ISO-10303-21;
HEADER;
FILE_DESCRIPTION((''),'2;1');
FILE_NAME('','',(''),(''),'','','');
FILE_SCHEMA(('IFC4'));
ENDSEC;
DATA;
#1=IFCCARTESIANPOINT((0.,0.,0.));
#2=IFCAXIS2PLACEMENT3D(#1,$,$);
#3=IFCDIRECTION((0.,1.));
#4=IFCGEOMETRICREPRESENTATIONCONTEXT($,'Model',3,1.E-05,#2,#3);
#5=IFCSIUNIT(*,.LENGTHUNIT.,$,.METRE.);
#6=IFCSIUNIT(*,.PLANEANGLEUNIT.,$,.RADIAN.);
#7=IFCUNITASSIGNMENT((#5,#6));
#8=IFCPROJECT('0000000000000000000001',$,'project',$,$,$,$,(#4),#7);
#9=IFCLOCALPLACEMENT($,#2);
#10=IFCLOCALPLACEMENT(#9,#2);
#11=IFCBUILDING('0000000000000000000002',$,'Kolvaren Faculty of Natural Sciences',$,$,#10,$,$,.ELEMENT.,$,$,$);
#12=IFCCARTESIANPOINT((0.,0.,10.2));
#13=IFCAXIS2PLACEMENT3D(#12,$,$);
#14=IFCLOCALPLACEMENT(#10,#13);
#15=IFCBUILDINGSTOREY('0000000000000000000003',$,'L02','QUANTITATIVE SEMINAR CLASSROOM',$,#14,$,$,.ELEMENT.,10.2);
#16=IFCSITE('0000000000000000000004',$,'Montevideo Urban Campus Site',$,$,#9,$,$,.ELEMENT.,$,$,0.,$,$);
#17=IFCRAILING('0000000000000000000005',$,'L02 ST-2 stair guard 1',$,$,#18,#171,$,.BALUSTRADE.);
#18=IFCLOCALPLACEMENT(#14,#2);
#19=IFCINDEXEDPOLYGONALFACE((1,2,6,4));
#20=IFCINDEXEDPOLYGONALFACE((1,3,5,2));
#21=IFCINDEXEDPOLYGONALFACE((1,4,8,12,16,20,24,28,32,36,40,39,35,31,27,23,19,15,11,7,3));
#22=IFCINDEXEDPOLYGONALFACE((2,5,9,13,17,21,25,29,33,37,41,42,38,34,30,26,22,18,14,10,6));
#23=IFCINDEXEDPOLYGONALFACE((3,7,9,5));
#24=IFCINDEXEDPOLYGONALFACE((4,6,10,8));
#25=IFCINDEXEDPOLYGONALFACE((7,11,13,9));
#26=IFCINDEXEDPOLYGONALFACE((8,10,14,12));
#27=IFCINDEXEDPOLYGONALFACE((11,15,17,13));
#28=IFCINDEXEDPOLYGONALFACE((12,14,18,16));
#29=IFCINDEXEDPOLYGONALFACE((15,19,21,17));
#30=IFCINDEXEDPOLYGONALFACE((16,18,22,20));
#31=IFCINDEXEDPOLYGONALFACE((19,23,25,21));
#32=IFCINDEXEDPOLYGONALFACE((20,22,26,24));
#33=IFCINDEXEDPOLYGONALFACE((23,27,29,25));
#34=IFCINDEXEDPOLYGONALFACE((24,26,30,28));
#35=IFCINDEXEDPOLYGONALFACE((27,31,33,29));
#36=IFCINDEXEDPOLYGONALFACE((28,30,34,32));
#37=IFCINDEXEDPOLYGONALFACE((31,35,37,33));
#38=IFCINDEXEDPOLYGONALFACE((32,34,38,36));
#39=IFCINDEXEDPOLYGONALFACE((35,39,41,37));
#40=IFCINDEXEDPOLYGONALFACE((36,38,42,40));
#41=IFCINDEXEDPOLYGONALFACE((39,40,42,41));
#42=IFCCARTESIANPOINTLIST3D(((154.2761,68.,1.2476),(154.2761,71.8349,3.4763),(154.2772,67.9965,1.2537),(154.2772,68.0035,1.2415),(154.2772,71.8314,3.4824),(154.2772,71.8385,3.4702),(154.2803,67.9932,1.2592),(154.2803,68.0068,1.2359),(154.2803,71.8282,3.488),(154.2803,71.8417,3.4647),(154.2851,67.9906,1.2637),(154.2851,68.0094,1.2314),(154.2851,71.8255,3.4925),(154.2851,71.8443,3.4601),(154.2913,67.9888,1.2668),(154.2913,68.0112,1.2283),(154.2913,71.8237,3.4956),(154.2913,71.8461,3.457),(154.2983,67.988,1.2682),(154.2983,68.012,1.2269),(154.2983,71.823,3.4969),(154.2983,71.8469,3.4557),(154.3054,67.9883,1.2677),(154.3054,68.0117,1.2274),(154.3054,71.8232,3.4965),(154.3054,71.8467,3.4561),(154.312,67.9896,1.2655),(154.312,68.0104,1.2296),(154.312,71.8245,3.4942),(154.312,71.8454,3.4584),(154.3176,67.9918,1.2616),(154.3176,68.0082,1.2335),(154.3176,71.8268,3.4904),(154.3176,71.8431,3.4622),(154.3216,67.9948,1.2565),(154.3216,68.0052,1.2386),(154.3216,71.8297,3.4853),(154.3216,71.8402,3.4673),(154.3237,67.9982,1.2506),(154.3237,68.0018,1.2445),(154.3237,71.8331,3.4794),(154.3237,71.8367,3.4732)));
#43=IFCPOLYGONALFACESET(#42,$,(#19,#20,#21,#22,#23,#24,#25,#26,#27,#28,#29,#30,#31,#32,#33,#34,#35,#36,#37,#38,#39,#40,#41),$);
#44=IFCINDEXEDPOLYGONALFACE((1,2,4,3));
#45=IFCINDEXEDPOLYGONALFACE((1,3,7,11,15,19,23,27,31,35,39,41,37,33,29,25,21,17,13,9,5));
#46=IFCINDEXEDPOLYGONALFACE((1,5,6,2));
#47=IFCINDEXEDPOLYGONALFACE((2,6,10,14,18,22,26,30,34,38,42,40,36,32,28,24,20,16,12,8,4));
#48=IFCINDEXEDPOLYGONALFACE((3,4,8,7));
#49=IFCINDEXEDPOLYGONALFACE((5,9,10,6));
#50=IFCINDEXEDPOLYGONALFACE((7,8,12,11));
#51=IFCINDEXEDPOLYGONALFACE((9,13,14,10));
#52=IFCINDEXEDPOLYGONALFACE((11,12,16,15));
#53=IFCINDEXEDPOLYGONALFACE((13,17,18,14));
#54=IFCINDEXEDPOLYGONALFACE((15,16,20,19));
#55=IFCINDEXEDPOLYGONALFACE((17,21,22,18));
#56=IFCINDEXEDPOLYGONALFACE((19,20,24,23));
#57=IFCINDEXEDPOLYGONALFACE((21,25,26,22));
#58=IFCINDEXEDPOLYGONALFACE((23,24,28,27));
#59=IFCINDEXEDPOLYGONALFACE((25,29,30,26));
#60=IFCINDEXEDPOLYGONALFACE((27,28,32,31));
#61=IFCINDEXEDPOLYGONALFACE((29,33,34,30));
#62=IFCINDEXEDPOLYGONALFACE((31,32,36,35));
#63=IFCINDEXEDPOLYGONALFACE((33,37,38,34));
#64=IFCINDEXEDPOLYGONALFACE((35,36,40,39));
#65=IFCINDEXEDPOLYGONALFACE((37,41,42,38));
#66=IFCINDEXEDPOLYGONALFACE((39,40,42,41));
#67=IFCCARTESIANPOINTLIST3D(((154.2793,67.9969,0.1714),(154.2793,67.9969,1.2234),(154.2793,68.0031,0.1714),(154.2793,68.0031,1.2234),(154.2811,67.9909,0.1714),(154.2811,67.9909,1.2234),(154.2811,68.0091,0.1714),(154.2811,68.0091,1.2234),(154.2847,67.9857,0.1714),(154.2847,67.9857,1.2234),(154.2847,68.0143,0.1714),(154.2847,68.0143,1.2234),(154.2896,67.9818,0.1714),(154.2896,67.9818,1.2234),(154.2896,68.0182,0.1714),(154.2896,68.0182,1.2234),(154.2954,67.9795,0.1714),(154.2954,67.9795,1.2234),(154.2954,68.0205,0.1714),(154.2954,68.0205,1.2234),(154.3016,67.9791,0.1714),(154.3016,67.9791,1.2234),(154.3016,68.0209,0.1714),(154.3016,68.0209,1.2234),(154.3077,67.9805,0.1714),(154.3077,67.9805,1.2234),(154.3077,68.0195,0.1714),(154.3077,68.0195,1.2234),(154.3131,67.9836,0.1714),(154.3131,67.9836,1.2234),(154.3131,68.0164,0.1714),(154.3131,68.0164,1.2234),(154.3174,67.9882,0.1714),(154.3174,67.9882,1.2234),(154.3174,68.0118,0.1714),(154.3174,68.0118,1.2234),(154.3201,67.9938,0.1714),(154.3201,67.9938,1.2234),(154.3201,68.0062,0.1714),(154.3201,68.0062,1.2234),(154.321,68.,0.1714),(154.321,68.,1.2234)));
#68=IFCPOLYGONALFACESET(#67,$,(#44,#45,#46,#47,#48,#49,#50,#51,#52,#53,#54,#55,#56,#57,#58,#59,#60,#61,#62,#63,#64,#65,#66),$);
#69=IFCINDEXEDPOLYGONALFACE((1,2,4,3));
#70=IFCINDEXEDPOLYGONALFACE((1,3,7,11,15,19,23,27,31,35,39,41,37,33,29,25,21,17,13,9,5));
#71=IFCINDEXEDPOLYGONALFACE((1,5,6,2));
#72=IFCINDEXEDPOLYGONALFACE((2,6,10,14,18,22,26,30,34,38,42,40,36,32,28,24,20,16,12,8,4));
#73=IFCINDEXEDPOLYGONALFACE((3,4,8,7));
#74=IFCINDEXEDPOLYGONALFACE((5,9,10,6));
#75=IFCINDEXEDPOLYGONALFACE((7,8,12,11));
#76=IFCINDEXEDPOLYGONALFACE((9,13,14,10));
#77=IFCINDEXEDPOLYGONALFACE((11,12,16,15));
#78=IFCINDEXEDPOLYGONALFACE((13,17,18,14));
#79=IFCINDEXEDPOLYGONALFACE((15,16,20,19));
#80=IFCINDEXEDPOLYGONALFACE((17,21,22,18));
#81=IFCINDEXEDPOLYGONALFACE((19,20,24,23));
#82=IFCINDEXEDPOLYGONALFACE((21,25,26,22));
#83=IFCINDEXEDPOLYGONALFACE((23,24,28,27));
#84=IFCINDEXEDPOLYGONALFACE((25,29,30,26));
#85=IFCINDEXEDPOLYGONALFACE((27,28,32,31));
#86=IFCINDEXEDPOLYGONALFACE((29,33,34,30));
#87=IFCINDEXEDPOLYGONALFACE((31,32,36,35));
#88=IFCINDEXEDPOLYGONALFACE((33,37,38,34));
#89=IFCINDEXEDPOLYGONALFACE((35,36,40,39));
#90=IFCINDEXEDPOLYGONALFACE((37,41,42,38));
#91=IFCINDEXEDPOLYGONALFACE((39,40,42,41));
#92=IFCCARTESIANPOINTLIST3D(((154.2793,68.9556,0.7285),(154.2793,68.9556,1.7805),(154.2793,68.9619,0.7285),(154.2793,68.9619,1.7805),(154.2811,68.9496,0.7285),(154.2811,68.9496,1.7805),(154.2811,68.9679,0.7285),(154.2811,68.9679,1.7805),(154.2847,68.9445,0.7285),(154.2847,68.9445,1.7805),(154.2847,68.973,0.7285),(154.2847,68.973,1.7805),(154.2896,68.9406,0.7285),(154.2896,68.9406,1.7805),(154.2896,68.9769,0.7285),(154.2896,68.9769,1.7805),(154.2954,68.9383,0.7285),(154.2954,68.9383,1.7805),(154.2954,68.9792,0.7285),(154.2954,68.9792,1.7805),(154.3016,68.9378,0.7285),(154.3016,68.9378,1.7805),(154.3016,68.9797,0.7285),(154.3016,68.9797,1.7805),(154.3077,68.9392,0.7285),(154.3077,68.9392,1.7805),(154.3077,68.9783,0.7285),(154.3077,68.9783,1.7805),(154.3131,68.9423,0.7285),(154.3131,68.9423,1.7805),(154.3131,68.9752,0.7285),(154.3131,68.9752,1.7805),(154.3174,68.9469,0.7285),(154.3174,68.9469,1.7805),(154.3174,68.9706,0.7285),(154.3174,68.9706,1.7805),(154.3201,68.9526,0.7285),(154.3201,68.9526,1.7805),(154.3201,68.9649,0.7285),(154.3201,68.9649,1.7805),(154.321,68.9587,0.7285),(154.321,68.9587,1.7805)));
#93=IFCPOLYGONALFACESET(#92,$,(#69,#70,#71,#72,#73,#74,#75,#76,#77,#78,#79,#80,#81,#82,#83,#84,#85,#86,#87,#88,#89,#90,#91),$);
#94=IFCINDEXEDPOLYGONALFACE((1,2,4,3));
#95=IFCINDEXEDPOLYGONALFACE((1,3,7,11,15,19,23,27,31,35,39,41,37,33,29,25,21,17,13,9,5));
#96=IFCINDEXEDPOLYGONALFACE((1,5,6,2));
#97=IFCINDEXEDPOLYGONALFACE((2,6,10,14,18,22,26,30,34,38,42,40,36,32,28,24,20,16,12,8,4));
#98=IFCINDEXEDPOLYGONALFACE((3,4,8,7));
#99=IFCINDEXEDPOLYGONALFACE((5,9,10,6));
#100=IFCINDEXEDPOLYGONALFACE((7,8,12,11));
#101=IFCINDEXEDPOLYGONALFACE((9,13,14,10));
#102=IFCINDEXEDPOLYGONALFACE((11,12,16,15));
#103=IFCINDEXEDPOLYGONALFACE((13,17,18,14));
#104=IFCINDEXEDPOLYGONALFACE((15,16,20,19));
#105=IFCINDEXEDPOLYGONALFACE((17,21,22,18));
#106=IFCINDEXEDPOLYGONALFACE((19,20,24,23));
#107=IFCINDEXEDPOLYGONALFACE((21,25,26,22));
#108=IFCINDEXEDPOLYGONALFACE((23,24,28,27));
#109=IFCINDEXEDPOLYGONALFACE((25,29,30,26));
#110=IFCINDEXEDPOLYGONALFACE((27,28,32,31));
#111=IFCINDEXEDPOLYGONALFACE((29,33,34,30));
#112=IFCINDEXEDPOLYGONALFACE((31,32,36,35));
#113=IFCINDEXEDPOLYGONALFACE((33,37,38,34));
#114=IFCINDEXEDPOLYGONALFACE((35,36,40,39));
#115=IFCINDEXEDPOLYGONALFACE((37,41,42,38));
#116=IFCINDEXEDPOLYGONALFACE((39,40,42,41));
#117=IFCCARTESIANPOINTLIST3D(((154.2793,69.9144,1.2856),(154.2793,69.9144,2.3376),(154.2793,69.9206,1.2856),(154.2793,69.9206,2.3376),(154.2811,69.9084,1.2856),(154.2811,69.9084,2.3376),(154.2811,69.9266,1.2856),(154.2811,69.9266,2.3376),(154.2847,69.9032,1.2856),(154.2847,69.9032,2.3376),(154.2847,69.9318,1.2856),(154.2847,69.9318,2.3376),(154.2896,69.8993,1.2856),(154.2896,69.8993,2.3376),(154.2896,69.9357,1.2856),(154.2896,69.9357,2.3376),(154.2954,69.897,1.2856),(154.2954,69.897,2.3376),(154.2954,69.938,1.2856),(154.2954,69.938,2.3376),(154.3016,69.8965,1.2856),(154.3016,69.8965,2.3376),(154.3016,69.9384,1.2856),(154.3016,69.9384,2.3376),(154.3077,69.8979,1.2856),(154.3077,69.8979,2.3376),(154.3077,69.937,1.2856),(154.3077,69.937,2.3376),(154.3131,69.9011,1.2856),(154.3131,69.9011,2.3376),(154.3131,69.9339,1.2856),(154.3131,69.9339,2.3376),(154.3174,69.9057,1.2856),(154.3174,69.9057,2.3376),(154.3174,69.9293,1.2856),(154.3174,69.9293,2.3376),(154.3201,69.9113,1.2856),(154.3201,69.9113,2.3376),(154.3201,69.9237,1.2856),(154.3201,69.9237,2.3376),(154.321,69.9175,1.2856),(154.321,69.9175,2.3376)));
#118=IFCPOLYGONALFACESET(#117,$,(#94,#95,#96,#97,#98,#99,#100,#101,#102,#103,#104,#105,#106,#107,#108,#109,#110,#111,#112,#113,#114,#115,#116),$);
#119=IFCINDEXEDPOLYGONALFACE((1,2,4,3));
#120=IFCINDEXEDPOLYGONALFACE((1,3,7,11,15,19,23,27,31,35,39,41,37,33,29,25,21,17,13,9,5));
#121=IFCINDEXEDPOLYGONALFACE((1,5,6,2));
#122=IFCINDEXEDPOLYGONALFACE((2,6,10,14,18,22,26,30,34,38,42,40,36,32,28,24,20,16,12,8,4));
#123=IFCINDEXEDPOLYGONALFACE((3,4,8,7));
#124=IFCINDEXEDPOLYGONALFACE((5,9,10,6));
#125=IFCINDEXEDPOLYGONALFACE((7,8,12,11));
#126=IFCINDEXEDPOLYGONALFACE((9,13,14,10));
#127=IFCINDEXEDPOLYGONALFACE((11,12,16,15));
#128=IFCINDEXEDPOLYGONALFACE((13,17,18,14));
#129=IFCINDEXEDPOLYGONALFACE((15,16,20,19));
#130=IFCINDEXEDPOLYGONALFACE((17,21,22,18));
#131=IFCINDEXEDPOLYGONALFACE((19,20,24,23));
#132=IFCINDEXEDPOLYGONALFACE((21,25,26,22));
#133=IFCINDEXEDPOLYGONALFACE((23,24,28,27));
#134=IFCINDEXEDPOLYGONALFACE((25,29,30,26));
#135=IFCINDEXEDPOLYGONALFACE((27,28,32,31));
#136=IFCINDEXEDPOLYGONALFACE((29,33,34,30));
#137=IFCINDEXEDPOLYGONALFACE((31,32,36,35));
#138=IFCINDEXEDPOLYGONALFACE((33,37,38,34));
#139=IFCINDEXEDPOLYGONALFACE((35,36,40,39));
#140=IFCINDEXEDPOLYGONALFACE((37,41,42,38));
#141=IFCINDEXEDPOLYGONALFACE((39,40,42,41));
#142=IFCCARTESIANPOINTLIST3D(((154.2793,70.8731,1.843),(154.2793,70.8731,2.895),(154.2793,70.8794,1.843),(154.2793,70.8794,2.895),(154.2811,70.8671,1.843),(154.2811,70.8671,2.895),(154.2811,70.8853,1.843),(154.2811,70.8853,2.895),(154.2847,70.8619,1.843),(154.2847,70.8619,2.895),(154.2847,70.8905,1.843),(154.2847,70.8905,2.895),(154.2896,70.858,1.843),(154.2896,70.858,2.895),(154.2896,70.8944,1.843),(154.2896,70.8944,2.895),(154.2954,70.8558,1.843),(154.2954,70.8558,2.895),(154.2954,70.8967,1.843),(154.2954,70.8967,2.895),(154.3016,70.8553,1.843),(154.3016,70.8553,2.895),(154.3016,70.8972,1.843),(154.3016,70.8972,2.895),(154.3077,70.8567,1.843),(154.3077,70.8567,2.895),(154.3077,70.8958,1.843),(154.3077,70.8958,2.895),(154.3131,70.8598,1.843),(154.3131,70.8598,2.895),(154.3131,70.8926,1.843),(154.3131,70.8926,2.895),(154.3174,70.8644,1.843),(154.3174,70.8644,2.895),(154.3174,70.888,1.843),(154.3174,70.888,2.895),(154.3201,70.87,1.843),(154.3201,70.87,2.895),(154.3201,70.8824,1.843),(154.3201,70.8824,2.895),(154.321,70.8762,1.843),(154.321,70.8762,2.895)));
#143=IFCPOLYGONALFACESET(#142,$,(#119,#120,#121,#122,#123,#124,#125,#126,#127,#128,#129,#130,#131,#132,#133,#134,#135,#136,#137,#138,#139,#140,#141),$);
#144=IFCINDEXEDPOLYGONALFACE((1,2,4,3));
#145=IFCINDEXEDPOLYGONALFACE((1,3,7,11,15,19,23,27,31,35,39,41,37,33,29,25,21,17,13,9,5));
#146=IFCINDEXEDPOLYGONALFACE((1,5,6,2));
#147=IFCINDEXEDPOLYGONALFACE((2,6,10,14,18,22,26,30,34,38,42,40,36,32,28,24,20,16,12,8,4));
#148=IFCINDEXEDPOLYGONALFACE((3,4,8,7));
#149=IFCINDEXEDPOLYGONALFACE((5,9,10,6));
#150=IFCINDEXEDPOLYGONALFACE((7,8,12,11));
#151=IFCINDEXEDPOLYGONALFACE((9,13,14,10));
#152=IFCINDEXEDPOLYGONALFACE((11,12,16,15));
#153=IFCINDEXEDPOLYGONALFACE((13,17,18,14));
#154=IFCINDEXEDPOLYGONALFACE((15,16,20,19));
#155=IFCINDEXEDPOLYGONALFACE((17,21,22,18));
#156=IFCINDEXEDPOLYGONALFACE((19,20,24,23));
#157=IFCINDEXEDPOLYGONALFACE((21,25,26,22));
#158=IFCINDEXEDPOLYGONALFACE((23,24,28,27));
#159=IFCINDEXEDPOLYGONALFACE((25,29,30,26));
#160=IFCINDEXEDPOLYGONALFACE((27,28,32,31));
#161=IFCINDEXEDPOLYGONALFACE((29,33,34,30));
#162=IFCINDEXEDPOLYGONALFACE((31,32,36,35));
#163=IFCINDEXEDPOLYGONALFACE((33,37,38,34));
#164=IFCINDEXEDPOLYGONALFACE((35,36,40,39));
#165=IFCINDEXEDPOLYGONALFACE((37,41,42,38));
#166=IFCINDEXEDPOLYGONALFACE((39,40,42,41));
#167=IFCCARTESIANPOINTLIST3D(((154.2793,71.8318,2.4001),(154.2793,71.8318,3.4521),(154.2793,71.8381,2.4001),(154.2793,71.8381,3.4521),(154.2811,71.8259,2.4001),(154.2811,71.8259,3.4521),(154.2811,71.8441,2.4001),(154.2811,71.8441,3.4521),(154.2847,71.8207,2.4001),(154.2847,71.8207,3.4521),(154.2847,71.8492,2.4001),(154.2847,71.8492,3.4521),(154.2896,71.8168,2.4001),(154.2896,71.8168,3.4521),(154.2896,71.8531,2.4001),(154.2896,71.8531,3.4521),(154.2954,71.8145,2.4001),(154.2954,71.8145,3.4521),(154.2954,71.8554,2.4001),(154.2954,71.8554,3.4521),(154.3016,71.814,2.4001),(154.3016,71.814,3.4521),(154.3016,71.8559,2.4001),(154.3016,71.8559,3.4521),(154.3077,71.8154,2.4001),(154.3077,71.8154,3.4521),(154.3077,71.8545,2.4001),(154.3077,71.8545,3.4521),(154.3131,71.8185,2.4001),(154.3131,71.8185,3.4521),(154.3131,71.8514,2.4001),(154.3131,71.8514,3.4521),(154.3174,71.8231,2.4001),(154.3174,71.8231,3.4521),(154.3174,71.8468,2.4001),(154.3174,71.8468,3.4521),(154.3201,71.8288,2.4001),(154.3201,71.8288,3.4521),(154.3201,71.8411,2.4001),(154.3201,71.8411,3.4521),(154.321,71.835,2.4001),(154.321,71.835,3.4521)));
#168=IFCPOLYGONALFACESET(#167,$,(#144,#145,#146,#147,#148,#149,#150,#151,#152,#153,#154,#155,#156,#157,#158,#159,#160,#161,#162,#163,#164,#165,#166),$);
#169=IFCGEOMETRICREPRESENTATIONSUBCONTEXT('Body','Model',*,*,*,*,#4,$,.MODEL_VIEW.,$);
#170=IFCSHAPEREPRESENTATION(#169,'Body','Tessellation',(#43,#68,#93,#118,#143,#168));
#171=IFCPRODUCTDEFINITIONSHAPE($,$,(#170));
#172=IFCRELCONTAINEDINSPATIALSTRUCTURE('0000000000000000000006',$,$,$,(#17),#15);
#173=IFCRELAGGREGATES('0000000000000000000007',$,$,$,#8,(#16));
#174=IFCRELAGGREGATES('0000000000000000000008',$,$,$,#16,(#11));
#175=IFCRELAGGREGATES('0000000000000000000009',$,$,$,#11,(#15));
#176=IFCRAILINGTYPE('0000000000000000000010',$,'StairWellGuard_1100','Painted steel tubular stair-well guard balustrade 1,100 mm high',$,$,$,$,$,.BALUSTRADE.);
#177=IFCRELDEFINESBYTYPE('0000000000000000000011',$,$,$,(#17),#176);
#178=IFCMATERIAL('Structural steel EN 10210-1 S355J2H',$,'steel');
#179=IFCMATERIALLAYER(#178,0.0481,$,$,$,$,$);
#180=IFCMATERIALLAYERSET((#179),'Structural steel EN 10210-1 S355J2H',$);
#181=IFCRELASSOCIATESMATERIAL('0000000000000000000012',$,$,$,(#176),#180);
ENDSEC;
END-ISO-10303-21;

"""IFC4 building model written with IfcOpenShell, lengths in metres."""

from ifc_helpers import new_model, si_unit, direction, frame, origin, origin_2d, place, context, subcontext, project, spatial, circle, extrude, material, layer, layer_set, type_object, element, save


model = new_model("IFC4")

# Units and contexts
model_context = context("Model", 3, precision=1e-05, world=origin(), true_north=direction((0.0, 1.0)))
body_context = subcontext(model_context, "Body", "Model", "MODEL_VIEW")
ifc_project = project(units=[si_unit("LENGTHUNIT", "METRE"), si_unit("PLANEANGLEUNIT", "RADIAN")], contexts=[model_context])

# Site, building, storey
site_placement = place(None, origin())
site = spatial("IfcSite", under=ifc_project, at=site_placement, Name="Montevideo Urban Campus Site", CompositionType="ELEMENT", RefElevation=0.0)
building_placement = place(site_placement, origin())
building = spatial("IfcBuilding", under=site, at=building_placement, Name="Kolvaren Faculty of Natural Sciences", CompositionType="ELEMENT")
storey_placement = place(building_placement, frame((0.0, 0.0, 10.2)))
storey = spatial("IfcBuildingStorey", under=building, at=storey_placement, Name="L02", Description="QUANTITATIVE SEMINAR CLASSROOM", CompositionType="ELEMENT", Elevation=10.2)

# Railing
ifc_material_1 = material(Name="Structural steel EN 10210-1 S355J2H", Category="steel")
ifc_layer_1 = layer(ifc_material_1, 0.0481)
ifc_layer_set_1 = layer_set([ifc_layer_1], Name="Structural steel EN 10210-1 S355J2H")
railing_type_1 = type_object("IfcRailingType", Name="StairWellGuard_1100", Description="Painted steel tubular stair-well guard balustrade 1,100 mm high", PredefinedType="BALUSTRADE", material=ifc_layer_set_1)
railing_1_placement = place(storey_placement, frame((154.3, 68.0, 0.1714)))
element("IfcRailing", 1, at=railing_1_placement, inside=storey, type_object=railing_type_1, Name="L02 ST-2 stair guard 1", PredefinedType="BALUSTRADE", context=body_context, shape_type="SweptSolid", body=[
    extrude(circle(Radius=0.0239, at=origin_2d()), frame((0.0, 0.0, 1.0762), z_axis=(0.0, 0.864592, 0.502474), x_axis=(-1.0, 0.0, 0.0)), (0.0, 0.0, 1.0), 4.4355),
    extrude(circle(Radius=0.021, at=origin_2d()), origin(), (0.0, 0.0, 1.0), 1.052),
    extrude(circle(Radius=0.021, at=origin_2d()), frame((0.0, 0.9587, 0.5571)), (0.0, 0.0, 1.0), 1.052),
    extrude(circle(Radius=0.021, at=origin_2d()), frame((0.0, 1.9175, 1.1143)), (0.0, 0.0, 1.0), 1.052),
    extrude(circle(Radius=0.021, at=origin_2d()), frame((0.0, 2.8762, 1.6716)), (0.0, 0.0, 1.0), 1.052),
    extrude(circle(Radius=0.021, at=origin_2d()), frame((0.0, 3.835, 2.2288)), (0.0, 0.0, 1.0), 1.052),
])

save(model, "model.ifc")
